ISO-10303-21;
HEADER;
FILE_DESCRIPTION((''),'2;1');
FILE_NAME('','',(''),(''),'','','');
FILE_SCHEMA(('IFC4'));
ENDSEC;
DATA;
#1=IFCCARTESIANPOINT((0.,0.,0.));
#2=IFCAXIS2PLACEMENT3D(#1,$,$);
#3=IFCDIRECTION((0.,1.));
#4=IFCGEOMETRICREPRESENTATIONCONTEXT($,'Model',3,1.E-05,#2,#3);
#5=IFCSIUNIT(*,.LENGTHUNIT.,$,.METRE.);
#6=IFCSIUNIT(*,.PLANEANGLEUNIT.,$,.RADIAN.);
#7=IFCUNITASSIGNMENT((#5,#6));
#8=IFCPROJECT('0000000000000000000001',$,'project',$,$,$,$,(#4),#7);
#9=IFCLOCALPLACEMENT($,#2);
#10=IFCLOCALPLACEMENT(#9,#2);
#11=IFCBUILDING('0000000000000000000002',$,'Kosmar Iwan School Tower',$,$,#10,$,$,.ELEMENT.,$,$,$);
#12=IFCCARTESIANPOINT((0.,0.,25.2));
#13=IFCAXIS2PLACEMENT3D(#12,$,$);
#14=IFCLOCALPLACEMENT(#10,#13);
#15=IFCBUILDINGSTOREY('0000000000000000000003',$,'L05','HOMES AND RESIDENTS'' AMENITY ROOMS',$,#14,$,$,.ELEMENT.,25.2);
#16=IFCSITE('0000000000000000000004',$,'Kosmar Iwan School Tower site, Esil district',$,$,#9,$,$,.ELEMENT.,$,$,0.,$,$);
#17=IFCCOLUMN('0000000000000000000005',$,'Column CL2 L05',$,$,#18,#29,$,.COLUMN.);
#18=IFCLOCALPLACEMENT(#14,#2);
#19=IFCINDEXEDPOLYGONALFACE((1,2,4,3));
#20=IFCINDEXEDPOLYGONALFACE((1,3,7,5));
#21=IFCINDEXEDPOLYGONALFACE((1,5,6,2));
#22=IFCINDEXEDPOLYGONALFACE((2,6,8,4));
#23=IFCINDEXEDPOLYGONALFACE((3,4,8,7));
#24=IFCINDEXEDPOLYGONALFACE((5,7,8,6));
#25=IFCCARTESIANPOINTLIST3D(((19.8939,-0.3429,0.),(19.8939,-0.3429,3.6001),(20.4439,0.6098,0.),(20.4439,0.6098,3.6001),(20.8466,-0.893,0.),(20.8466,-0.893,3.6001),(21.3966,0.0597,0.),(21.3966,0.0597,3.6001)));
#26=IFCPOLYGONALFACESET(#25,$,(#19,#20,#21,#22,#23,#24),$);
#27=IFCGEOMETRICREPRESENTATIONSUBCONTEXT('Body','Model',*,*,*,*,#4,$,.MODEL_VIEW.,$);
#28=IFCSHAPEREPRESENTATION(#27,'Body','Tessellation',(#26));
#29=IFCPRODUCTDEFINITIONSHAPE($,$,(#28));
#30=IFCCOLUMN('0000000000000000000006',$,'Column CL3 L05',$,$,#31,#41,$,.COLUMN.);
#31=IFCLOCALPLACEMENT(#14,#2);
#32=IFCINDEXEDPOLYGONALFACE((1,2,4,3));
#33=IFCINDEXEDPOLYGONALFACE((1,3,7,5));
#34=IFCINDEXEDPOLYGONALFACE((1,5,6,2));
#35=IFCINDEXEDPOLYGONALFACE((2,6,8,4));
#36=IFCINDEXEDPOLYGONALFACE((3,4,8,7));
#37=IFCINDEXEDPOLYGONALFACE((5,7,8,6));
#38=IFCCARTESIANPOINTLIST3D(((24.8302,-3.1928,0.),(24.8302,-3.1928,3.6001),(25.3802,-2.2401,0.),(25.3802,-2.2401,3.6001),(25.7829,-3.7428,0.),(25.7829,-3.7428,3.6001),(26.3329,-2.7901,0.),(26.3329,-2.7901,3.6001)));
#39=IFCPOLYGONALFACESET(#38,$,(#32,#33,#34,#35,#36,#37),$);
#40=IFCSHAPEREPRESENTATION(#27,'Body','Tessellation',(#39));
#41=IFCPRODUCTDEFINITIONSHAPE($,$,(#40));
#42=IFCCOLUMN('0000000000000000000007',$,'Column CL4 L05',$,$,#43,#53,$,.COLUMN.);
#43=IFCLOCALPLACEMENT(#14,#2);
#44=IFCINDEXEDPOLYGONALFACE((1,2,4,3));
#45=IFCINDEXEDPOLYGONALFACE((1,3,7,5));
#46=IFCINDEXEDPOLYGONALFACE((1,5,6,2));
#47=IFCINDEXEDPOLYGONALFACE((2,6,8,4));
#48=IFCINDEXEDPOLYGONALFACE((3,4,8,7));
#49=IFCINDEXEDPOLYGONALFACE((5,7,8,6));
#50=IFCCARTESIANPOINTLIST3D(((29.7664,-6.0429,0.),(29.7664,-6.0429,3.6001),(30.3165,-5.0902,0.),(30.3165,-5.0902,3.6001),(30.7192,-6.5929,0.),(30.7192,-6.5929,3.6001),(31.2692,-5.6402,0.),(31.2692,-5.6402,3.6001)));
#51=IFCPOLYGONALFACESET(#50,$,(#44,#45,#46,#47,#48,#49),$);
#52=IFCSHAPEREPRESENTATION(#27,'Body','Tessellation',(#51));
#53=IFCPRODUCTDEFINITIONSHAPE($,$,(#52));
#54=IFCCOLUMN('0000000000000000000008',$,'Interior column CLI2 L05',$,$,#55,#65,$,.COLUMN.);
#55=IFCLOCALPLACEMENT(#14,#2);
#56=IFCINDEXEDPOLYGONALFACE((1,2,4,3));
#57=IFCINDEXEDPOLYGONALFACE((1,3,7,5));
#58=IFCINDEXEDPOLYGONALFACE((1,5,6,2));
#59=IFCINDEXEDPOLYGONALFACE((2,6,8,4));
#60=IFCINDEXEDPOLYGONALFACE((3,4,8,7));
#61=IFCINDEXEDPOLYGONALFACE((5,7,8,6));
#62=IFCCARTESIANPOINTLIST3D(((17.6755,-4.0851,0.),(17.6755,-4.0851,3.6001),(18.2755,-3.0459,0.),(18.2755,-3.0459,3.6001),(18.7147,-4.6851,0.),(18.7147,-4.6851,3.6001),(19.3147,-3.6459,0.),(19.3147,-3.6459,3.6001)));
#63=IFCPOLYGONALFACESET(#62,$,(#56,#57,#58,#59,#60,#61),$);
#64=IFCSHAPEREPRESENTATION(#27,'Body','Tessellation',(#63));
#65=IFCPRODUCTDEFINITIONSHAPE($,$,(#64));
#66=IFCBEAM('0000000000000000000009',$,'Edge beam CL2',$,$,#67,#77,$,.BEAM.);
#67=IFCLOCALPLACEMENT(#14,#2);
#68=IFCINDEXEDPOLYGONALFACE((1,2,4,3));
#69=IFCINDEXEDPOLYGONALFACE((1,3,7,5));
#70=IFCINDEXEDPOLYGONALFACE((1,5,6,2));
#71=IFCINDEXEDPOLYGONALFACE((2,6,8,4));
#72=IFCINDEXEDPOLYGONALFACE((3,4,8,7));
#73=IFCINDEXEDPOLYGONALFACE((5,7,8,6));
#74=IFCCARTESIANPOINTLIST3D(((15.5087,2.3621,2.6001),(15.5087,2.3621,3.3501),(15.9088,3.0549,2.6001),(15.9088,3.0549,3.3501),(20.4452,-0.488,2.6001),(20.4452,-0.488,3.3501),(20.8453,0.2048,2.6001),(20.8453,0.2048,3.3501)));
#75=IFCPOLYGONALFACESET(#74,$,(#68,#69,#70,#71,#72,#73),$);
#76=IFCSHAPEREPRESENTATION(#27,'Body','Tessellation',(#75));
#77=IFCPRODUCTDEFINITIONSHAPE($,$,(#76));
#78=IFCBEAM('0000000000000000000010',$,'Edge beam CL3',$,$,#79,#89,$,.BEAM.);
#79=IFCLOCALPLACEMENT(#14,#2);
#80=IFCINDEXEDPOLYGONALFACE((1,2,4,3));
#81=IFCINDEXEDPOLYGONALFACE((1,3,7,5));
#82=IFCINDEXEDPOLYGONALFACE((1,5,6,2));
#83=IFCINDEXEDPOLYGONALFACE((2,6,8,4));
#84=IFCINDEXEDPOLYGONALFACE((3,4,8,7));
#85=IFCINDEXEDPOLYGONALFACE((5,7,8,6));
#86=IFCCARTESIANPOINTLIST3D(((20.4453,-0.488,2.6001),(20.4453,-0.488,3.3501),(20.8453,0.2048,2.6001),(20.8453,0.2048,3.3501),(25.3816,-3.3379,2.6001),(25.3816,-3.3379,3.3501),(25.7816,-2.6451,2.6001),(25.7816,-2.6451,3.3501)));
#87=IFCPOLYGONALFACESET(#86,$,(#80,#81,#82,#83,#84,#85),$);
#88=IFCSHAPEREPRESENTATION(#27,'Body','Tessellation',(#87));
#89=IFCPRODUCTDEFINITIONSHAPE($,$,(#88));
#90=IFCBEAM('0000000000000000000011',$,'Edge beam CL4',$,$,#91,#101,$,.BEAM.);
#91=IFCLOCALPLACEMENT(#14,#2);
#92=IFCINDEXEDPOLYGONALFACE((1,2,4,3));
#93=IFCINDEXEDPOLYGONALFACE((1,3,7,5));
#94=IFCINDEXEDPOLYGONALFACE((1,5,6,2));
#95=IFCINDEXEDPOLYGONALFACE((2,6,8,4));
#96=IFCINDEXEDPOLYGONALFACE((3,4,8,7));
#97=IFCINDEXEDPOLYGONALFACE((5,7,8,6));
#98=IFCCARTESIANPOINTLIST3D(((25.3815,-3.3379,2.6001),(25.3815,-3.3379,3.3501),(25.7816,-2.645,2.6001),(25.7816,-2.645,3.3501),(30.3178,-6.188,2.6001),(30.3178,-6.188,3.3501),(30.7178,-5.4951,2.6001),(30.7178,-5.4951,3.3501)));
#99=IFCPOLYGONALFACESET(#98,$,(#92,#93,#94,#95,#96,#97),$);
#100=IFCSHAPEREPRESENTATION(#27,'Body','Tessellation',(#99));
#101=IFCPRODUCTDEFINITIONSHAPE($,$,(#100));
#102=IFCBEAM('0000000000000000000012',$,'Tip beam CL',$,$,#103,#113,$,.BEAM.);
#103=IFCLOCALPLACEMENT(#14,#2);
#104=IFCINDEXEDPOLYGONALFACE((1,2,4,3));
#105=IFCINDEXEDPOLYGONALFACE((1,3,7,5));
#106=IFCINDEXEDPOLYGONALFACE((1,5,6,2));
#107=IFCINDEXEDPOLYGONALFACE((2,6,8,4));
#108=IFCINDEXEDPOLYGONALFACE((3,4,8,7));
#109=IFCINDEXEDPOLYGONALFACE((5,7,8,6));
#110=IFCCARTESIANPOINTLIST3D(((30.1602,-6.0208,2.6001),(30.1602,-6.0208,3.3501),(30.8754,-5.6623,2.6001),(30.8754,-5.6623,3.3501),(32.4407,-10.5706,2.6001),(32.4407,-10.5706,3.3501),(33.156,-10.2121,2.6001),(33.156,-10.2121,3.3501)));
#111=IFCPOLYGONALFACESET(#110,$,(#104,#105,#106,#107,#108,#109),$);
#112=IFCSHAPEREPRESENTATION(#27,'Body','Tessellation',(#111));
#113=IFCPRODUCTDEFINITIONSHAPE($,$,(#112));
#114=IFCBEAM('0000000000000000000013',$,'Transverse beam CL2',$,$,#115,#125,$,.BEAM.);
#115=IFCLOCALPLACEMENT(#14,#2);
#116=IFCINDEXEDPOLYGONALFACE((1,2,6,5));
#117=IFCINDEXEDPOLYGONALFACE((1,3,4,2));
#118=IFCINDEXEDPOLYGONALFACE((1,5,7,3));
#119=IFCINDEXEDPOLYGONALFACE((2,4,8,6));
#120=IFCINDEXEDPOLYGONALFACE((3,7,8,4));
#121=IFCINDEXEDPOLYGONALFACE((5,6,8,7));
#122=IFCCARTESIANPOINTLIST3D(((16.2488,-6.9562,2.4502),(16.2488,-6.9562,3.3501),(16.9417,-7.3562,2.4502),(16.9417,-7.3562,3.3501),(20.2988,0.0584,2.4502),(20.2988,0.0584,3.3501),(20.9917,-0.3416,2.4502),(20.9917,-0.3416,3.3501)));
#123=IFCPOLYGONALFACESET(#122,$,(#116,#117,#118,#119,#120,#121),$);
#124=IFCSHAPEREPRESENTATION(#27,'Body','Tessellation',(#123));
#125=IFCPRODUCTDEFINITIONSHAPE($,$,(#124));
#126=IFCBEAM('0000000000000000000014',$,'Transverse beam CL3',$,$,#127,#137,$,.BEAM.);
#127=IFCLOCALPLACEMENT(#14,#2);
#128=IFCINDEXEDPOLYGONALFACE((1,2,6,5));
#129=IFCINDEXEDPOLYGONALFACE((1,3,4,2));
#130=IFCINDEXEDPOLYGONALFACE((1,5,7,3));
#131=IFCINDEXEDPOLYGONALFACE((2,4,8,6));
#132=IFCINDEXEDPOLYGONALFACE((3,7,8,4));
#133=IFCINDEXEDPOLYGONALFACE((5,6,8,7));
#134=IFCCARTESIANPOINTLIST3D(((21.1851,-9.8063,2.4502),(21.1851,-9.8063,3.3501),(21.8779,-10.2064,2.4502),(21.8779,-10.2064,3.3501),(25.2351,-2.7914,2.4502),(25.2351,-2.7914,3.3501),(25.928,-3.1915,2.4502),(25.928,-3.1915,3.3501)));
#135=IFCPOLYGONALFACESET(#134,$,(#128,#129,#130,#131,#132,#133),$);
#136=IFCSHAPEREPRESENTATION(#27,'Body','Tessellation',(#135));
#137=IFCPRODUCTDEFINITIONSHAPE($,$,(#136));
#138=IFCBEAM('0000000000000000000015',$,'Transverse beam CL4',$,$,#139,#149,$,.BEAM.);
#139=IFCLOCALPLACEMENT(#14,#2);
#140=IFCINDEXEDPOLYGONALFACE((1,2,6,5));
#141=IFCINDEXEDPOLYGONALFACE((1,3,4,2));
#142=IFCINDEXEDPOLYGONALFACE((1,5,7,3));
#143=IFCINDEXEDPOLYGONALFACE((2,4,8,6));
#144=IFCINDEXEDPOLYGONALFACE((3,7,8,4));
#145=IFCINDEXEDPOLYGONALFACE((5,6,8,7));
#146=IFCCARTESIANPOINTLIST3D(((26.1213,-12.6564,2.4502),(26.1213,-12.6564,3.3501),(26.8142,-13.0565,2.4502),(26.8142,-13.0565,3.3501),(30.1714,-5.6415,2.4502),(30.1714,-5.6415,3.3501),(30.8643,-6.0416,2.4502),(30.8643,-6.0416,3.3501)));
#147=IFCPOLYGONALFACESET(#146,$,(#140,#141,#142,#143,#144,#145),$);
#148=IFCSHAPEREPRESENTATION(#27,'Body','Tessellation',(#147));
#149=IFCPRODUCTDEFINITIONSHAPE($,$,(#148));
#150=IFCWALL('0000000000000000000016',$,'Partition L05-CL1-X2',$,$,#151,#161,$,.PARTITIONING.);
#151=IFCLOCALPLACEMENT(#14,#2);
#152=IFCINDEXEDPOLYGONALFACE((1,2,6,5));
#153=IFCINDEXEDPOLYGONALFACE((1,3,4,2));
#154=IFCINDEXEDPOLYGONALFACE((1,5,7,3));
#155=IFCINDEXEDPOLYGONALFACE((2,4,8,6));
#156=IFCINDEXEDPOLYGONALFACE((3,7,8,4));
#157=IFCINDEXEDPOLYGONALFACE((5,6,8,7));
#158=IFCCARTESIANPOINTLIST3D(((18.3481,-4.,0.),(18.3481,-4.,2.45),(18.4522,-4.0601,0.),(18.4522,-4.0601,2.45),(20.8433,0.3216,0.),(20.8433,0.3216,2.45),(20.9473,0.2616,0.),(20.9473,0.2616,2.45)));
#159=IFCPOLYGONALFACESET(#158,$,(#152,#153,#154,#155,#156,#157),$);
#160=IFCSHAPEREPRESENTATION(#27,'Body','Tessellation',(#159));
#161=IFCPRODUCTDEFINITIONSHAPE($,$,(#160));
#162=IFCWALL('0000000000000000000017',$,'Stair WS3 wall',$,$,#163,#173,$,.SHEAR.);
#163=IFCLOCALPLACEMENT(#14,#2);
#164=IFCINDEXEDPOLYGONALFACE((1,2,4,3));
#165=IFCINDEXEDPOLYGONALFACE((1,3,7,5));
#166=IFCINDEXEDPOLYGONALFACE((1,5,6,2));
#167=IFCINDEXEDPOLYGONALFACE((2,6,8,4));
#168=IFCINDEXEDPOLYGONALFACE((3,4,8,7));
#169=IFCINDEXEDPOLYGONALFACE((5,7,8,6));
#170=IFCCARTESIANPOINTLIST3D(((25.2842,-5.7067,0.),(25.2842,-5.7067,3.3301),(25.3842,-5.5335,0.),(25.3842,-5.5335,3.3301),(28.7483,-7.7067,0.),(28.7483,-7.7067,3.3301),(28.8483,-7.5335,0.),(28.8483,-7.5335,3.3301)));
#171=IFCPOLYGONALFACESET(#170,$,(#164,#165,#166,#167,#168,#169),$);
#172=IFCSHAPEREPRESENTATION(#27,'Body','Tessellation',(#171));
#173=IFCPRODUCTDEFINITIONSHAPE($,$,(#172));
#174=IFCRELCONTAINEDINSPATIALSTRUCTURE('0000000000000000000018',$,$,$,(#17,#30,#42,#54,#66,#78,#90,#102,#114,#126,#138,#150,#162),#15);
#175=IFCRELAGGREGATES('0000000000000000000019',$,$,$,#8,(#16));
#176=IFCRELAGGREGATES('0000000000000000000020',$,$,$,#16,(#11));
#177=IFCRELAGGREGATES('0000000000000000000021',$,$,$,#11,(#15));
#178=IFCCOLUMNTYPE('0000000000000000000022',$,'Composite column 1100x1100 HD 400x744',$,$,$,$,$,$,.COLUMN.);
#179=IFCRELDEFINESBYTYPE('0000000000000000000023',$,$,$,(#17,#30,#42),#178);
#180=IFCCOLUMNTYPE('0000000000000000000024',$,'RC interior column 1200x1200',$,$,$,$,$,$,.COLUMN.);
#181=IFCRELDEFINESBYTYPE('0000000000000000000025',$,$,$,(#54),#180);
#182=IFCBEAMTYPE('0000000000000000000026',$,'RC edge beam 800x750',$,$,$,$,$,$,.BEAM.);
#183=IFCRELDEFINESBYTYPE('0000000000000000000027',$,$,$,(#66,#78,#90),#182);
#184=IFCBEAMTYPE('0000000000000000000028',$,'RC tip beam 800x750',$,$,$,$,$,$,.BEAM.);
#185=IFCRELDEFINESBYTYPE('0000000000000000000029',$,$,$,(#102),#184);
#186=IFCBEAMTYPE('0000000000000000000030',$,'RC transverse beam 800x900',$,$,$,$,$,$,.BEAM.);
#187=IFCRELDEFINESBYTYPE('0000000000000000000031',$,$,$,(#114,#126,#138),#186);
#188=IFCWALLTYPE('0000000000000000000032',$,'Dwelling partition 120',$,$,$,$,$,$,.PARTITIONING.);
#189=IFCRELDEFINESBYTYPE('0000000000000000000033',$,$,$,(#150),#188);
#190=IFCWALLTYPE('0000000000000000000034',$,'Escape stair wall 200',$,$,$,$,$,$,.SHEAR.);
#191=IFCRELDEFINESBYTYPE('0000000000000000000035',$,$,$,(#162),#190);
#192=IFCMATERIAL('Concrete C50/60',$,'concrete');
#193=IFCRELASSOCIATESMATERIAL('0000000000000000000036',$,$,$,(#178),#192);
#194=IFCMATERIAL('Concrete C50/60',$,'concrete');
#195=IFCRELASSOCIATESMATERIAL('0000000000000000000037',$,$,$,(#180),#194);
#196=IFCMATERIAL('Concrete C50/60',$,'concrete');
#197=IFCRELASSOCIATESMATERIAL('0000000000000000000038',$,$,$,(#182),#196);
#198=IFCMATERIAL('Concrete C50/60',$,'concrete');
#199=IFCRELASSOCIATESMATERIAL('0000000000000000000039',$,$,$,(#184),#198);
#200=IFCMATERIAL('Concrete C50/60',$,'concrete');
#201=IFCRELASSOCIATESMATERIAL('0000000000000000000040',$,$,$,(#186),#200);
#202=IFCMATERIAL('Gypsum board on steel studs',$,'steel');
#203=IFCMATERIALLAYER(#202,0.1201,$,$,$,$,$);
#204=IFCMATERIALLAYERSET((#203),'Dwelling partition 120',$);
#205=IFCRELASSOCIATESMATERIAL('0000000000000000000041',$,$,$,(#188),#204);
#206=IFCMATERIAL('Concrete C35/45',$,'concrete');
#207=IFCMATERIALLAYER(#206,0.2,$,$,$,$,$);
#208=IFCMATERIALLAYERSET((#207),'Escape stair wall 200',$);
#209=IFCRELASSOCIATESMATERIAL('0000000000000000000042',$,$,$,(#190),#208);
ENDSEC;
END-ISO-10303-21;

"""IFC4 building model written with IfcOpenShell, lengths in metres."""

from ifc_helpers import new_model, si_unit, direction, frame, frame_2d, origin, origin_2d, place, context, subcontext, project, spatial, rectangle, extrude, material, layer, layer_set, material_profile, profile_set, type_object, element, save


model = new_model("IFC4")

# Units and contexts
model_context = context("Model", 3, precision=1e-05, world=origin(), true_north=direction((0.0, 1.0)))
body_context = subcontext(model_context, "Body", "Model", "MODEL_VIEW")
ifc_project = project(units=[si_unit("LENGTHUNIT", "METRE"), si_unit("PLANEANGLEUNIT", "RADIAN")], contexts=[model_context])

# Site, building, storey
site_placement = place(None, origin())
site = spatial("IfcSite", under=ifc_project, at=site_placement, Name="Kosmar Iwan School Tower site, Esil district", CompositionType="ELEMENT", RefElevation=0.0)
building_placement = place(site_placement, origin())
building = spatial("IfcBuilding", under=site, at=building_placement, Name="Kosmar Iwan School Tower", CompositionType="ELEMENT")
storey_placement = place(building_placement, frame((0.0, 0.0, 25.2)))
storey = spatial("IfcBuildingStorey", under=building, at=storey_placement, Name="L05", Description="HOMES AND RESIDENTS' AMENITY ROOMS", CompositionType="ELEMENT", Elevation=25.2)

# Columns
ifc_material_1 = material(Name="Concrete C50/60", Category="concrete")
ifc_material_profile_1 = material_profile(ifc_material_1, rectangle(XDim=1.1001, YDim=1.1001, at=origin_2d()), Name="RC 1100x1100 + HD 400x744")
ifc_profile_set_1 = profile_set([ifc_material_profile_1], Name="Concrete C50/60")
column_type_1 = type_object("IfcColumnType", Name="Composite column 1100x1100 HD 400x744", PredefinedType="COLUMN", material=ifc_profile_set_1)
for number, where, z_axis, x_axis, name in (
    (1, (20.6453, -0.1416, 0.0), (0.0, 0.0, 1.0), (0.866025, -0.5, 0.0), "Column CL2 L05"),
    (2, (25.5815, -2.9915, 0.0), (0.0, 0.0, 1.0), (0.866025, -0.5, 0.0), "Column CL3 L05"),
    (3, (30.5178, -5.8416, 0.0), (0.0, 0.0, 1.0), (0.866025, -0.5, 0.0), "Column CL4 L05"),
):
    element("IfcColumn", number, at=place(storey_placement, frame(where, z_axis=z_axis, x_axis=x_axis)), inside=storey, type_object=column_type_1, Name=name, PredefinedType="COLUMN", context=body_context, shape_type="SweptSolid", body=[
        extrude(rectangle(XDim=1.1001, YDim=1.1001, at=origin_2d()), origin(), (0.0, 0.0, 1.0), 3.6001),
    ])
ifc_material_2 = material(Name="Concrete C50/60", Category="concrete")
ifc_material_profile_2 = material_profile(ifc_material_2, rectangle(XDim=1.2, YDim=1.2, at=origin_2d()), Name="RC 1200x1200")
ifc_profile_set_2 = profile_set([ifc_material_profile_2], Name="Concrete C50/60")
column_type_2 = type_object("IfcColumnType", Name="RC interior column 1200x1200", PredefinedType="COLUMN", material=ifc_profile_set_2)
column_placement = place(storey_placement, frame((18.4951, -3.8655, 0.0), z_axis=(0.0, 0.0, 1.0), x_axis=(0.866025, -0.5, 0.0)))
element("IfcColumn", 4, at=column_placement, inside=storey, type_object=column_type_2, Name="Interior column CLI2 L05", PredefinedType="COLUMN", context=body_context, shape_type="SweptSolid", body=[
    extrude(rectangle(XDim=1.2, YDim=1.2, at=origin_2d()), origin(), (0.0, 0.0, 1.0), 3.6001),
])

# Beams
ifc_material_3 = material(Name="Concrete C50/60", Category="concrete")
ifc_material_profile_3 = material_profile(ifc_material_3, rectangle(XDim=0.8, YDim=0.75, at=origin_2d()), Name="RC 800x750")
ifc_profile_set_3 = profile_set([ifc_material_profile_3], Name="Concrete C50/60")
beam_type_1 = type_object("IfcBeamType", Name="RC edge beam 800x750", PredefinedType="BEAM", material=ifc_profile_set_3)
beam_1_placement = place(storey_placement, frame((15.7087, 2.7085, 2.9751), z_axis=(0.866026, -0.499999, 0.0), x_axis=(0.499999, 0.866026, 0.0)))
element("IfcBeam", 5, at=beam_1_placement, inside=storey, type_object=beam_type_1, Name="Edge beam CL2", PredefinedType="BEAM", context=body_context, shape_type="SweptSolid", body=[
    extrude(rectangle(XDim=0.8, YDim=0.75, at=origin_2d()), origin(), (0.0, 0.0, 1.0), 5.7002),
])
for number, where, z_axis, x_axis, name in (
    (6, (20.6453, -0.1416, 2.9751), (0.866034, -0.499986, 0.0), (0.499986, 0.866034, 0.0), "Edge beam CL3"),
    (7, (25.5815, -2.9915, 2.9751), (0.866015, -0.500018, 0.0), (0.500018, 0.866015, 0.0), "Edge beam CL4"),
):
    element("IfcBeam", number, at=place(storey_placement, frame(where, z_axis=z_axis, x_axis=x_axis)), inside=storey, type_object=beam_type_1, Name=name, PredefinedType="BEAM", context=body_context, shape_type="SweptSolid", body=[
        extrude(rectangle(XDim=0.8, YDim=0.75, at=origin_2d()), origin(), (0.0, 0.0, 1.0), 5.7),
    ])
ifc_material_4 = material(Name="Concrete C50/60", Category="concrete")
ifc_material_profile_4 = material_profile(ifc_material_4, rectangle(XDim=0.8, YDim=0.75, at=origin_2d()), Name="RC 800x750")
ifc_profile_set_4 = profile_set([ifc_material_profile_4], Name="Concrete C50/60")
beam_type_2 = type_object("IfcBeamType", Name="RC tip beam 800x750", PredefinedType="BEAM", material=ifc_profile_set_4)
beam_2_placement = place(storey_placement, frame((30.5178, -5.8416, 2.9751), z_axis=(0.448096, -0.893985, 0.0), x_axis=(0.893985, 0.448096, 0.0)))
element("IfcBeam", 8, at=beam_2_placement, inside=storey, type_object=beam_type_2, Name="Tip beam CL", PredefinedType="BEAM", context=body_context, shape_type="SweptSolid", body=[
    extrude(rectangle(XDim=0.8, YDim=0.75, at=origin_2d()), origin(), (0.0, 0.0, 1.0), 5.0894),
])
ifc_material_5 = material(Name="Concrete C50/60", Category="concrete")
ifc_material_profile_5 = material_profile(ifc_material_5, rectangle(XDim=0.8, YDim=0.8999, at=origin_2d()), Name="RC 800x900")
ifc_profile_set_5 = profile_set([ifc_material_profile_5], Name="Concrete C50/60")
beam_type_3 = type_object("IfcBeamType", Name="RC transverse beam 800x900", PredefinedType="BEAM", material=ifc_profile_set_5)
beam_3_placement = place(storey_placement, frame((20.6453, -0.1416, 2.9001), z_axis=(-0.500013, -0.866018, 0.0), x_axis=(0.866018, -0.500013, 0.0)))
element("IfcBeam", 9, at=beam_3_placement, inside=storey, type_object=beam_type_3, Name="Transverse beam CL2", PredefinedType="BEAM", context=body_context, shape_type="SweptSolid", body=[
    extrude(rectangle(XDim=0.8, YDim=0.8999, at=origin_2d()), origin(), (0.0, 0.0, 1.0), 8.0999),
])
for number, where, z_axis, x_axis, name in (
    (10, (25.5815, -2.9915, 2.9001), (-0.5, -0.866025, 0.0), (0.866025, -0.5, 0.0), "Transverse beam CL3"),
    (11, (30.5178, -5.8416, 2.9001), (-0.5, -0.866025, 0.0), (0.866025, -0.5, 0.0), "Transverse beam CL4"),
):
    element("IfcBeam", number, at=place(storey_placement, frame(where, z_axis=z_axis, x_axis=x_axis)), inside=storey, type_object=beam_type_3, Name=name, PredefinedType="BEAM", context=body_context, shape_type="SweptSolid", body=[
        extrude(rectangle(XDim=0.8, YDim=0.8999, at=origin_2d()), origin(), (0.0, 0.0, 1.0), 8.1001),
    ])

# Walls
ifc_material_6 = material(Name="Gypsum board on steel studs", Category="steel")
ifc_layer_1 = layer(ifc_material_6, 0.1201)
ifc_layer_set_1 = layer_set([ifc_layer_1], Name="Dwelling partition 120")
wall_type_1 = type_object("IfcWallType", Name="Dwelling partition 120", PredefinedType="PARTITIONING", material=ifc_layer_set_1)
wall_1_placement = place(storey_placement, frame((18.4001, -4.03, 0.0), z_axis=(0.0, 0.0, 1.0), x_axis=(0.500012, 0.866019, 0.0)))
element("IfcWall", 12, at=wall_1_placement, inside=storey, type_object=wall_type_1, Name="Partition L05-CL1-X2", PredefinedType="PARTITIONING", context=body_context, shape_type="SweptSolid", body=[
    extrude(rectangle(XDim=4.9902, YDim=0.1201, at=frame_2d((2.4951, 0.0))), origin(), (0.0, 0.0, 1.0), 2.45),
])
ifc_material_7 = material(Name="Concrete C35/45", Category="concrete")
ifc_layer_2 = layer(ifc_material_7, 0.2)
ifc_layer_set_2 = layer_set([ifc_layer_2], Name="Escape stair wall 200")
wall_type_2 = type_object("IfcWallType", Name="Escape stair wall 200", PredefinedType="SHEAR", material=ifc_layer_set_2)
wall_2_placement = place(storey_placement, frame((25.3342, -5.6201, 0.0), z_axis=(0.0, 0.0, 1.0), x_axis=(0.866026, -0.499999, 0.0)))
element("IfcWall", 13, at=wall_2_placement, inside=storey, type_object=wall_type_2, Name="Stair WS3 wall", PredefinedType="SHEAR", context=body_context, shape_type="SweptSolid", body=[
    extrude(rectangle(XDim=4.0, YDim=0.2, at=frame_2d((2.0, 0.0))), origin(), (0.0, 0.0, 1.0), 3.3301),
])

save(model, "model.ifc")
